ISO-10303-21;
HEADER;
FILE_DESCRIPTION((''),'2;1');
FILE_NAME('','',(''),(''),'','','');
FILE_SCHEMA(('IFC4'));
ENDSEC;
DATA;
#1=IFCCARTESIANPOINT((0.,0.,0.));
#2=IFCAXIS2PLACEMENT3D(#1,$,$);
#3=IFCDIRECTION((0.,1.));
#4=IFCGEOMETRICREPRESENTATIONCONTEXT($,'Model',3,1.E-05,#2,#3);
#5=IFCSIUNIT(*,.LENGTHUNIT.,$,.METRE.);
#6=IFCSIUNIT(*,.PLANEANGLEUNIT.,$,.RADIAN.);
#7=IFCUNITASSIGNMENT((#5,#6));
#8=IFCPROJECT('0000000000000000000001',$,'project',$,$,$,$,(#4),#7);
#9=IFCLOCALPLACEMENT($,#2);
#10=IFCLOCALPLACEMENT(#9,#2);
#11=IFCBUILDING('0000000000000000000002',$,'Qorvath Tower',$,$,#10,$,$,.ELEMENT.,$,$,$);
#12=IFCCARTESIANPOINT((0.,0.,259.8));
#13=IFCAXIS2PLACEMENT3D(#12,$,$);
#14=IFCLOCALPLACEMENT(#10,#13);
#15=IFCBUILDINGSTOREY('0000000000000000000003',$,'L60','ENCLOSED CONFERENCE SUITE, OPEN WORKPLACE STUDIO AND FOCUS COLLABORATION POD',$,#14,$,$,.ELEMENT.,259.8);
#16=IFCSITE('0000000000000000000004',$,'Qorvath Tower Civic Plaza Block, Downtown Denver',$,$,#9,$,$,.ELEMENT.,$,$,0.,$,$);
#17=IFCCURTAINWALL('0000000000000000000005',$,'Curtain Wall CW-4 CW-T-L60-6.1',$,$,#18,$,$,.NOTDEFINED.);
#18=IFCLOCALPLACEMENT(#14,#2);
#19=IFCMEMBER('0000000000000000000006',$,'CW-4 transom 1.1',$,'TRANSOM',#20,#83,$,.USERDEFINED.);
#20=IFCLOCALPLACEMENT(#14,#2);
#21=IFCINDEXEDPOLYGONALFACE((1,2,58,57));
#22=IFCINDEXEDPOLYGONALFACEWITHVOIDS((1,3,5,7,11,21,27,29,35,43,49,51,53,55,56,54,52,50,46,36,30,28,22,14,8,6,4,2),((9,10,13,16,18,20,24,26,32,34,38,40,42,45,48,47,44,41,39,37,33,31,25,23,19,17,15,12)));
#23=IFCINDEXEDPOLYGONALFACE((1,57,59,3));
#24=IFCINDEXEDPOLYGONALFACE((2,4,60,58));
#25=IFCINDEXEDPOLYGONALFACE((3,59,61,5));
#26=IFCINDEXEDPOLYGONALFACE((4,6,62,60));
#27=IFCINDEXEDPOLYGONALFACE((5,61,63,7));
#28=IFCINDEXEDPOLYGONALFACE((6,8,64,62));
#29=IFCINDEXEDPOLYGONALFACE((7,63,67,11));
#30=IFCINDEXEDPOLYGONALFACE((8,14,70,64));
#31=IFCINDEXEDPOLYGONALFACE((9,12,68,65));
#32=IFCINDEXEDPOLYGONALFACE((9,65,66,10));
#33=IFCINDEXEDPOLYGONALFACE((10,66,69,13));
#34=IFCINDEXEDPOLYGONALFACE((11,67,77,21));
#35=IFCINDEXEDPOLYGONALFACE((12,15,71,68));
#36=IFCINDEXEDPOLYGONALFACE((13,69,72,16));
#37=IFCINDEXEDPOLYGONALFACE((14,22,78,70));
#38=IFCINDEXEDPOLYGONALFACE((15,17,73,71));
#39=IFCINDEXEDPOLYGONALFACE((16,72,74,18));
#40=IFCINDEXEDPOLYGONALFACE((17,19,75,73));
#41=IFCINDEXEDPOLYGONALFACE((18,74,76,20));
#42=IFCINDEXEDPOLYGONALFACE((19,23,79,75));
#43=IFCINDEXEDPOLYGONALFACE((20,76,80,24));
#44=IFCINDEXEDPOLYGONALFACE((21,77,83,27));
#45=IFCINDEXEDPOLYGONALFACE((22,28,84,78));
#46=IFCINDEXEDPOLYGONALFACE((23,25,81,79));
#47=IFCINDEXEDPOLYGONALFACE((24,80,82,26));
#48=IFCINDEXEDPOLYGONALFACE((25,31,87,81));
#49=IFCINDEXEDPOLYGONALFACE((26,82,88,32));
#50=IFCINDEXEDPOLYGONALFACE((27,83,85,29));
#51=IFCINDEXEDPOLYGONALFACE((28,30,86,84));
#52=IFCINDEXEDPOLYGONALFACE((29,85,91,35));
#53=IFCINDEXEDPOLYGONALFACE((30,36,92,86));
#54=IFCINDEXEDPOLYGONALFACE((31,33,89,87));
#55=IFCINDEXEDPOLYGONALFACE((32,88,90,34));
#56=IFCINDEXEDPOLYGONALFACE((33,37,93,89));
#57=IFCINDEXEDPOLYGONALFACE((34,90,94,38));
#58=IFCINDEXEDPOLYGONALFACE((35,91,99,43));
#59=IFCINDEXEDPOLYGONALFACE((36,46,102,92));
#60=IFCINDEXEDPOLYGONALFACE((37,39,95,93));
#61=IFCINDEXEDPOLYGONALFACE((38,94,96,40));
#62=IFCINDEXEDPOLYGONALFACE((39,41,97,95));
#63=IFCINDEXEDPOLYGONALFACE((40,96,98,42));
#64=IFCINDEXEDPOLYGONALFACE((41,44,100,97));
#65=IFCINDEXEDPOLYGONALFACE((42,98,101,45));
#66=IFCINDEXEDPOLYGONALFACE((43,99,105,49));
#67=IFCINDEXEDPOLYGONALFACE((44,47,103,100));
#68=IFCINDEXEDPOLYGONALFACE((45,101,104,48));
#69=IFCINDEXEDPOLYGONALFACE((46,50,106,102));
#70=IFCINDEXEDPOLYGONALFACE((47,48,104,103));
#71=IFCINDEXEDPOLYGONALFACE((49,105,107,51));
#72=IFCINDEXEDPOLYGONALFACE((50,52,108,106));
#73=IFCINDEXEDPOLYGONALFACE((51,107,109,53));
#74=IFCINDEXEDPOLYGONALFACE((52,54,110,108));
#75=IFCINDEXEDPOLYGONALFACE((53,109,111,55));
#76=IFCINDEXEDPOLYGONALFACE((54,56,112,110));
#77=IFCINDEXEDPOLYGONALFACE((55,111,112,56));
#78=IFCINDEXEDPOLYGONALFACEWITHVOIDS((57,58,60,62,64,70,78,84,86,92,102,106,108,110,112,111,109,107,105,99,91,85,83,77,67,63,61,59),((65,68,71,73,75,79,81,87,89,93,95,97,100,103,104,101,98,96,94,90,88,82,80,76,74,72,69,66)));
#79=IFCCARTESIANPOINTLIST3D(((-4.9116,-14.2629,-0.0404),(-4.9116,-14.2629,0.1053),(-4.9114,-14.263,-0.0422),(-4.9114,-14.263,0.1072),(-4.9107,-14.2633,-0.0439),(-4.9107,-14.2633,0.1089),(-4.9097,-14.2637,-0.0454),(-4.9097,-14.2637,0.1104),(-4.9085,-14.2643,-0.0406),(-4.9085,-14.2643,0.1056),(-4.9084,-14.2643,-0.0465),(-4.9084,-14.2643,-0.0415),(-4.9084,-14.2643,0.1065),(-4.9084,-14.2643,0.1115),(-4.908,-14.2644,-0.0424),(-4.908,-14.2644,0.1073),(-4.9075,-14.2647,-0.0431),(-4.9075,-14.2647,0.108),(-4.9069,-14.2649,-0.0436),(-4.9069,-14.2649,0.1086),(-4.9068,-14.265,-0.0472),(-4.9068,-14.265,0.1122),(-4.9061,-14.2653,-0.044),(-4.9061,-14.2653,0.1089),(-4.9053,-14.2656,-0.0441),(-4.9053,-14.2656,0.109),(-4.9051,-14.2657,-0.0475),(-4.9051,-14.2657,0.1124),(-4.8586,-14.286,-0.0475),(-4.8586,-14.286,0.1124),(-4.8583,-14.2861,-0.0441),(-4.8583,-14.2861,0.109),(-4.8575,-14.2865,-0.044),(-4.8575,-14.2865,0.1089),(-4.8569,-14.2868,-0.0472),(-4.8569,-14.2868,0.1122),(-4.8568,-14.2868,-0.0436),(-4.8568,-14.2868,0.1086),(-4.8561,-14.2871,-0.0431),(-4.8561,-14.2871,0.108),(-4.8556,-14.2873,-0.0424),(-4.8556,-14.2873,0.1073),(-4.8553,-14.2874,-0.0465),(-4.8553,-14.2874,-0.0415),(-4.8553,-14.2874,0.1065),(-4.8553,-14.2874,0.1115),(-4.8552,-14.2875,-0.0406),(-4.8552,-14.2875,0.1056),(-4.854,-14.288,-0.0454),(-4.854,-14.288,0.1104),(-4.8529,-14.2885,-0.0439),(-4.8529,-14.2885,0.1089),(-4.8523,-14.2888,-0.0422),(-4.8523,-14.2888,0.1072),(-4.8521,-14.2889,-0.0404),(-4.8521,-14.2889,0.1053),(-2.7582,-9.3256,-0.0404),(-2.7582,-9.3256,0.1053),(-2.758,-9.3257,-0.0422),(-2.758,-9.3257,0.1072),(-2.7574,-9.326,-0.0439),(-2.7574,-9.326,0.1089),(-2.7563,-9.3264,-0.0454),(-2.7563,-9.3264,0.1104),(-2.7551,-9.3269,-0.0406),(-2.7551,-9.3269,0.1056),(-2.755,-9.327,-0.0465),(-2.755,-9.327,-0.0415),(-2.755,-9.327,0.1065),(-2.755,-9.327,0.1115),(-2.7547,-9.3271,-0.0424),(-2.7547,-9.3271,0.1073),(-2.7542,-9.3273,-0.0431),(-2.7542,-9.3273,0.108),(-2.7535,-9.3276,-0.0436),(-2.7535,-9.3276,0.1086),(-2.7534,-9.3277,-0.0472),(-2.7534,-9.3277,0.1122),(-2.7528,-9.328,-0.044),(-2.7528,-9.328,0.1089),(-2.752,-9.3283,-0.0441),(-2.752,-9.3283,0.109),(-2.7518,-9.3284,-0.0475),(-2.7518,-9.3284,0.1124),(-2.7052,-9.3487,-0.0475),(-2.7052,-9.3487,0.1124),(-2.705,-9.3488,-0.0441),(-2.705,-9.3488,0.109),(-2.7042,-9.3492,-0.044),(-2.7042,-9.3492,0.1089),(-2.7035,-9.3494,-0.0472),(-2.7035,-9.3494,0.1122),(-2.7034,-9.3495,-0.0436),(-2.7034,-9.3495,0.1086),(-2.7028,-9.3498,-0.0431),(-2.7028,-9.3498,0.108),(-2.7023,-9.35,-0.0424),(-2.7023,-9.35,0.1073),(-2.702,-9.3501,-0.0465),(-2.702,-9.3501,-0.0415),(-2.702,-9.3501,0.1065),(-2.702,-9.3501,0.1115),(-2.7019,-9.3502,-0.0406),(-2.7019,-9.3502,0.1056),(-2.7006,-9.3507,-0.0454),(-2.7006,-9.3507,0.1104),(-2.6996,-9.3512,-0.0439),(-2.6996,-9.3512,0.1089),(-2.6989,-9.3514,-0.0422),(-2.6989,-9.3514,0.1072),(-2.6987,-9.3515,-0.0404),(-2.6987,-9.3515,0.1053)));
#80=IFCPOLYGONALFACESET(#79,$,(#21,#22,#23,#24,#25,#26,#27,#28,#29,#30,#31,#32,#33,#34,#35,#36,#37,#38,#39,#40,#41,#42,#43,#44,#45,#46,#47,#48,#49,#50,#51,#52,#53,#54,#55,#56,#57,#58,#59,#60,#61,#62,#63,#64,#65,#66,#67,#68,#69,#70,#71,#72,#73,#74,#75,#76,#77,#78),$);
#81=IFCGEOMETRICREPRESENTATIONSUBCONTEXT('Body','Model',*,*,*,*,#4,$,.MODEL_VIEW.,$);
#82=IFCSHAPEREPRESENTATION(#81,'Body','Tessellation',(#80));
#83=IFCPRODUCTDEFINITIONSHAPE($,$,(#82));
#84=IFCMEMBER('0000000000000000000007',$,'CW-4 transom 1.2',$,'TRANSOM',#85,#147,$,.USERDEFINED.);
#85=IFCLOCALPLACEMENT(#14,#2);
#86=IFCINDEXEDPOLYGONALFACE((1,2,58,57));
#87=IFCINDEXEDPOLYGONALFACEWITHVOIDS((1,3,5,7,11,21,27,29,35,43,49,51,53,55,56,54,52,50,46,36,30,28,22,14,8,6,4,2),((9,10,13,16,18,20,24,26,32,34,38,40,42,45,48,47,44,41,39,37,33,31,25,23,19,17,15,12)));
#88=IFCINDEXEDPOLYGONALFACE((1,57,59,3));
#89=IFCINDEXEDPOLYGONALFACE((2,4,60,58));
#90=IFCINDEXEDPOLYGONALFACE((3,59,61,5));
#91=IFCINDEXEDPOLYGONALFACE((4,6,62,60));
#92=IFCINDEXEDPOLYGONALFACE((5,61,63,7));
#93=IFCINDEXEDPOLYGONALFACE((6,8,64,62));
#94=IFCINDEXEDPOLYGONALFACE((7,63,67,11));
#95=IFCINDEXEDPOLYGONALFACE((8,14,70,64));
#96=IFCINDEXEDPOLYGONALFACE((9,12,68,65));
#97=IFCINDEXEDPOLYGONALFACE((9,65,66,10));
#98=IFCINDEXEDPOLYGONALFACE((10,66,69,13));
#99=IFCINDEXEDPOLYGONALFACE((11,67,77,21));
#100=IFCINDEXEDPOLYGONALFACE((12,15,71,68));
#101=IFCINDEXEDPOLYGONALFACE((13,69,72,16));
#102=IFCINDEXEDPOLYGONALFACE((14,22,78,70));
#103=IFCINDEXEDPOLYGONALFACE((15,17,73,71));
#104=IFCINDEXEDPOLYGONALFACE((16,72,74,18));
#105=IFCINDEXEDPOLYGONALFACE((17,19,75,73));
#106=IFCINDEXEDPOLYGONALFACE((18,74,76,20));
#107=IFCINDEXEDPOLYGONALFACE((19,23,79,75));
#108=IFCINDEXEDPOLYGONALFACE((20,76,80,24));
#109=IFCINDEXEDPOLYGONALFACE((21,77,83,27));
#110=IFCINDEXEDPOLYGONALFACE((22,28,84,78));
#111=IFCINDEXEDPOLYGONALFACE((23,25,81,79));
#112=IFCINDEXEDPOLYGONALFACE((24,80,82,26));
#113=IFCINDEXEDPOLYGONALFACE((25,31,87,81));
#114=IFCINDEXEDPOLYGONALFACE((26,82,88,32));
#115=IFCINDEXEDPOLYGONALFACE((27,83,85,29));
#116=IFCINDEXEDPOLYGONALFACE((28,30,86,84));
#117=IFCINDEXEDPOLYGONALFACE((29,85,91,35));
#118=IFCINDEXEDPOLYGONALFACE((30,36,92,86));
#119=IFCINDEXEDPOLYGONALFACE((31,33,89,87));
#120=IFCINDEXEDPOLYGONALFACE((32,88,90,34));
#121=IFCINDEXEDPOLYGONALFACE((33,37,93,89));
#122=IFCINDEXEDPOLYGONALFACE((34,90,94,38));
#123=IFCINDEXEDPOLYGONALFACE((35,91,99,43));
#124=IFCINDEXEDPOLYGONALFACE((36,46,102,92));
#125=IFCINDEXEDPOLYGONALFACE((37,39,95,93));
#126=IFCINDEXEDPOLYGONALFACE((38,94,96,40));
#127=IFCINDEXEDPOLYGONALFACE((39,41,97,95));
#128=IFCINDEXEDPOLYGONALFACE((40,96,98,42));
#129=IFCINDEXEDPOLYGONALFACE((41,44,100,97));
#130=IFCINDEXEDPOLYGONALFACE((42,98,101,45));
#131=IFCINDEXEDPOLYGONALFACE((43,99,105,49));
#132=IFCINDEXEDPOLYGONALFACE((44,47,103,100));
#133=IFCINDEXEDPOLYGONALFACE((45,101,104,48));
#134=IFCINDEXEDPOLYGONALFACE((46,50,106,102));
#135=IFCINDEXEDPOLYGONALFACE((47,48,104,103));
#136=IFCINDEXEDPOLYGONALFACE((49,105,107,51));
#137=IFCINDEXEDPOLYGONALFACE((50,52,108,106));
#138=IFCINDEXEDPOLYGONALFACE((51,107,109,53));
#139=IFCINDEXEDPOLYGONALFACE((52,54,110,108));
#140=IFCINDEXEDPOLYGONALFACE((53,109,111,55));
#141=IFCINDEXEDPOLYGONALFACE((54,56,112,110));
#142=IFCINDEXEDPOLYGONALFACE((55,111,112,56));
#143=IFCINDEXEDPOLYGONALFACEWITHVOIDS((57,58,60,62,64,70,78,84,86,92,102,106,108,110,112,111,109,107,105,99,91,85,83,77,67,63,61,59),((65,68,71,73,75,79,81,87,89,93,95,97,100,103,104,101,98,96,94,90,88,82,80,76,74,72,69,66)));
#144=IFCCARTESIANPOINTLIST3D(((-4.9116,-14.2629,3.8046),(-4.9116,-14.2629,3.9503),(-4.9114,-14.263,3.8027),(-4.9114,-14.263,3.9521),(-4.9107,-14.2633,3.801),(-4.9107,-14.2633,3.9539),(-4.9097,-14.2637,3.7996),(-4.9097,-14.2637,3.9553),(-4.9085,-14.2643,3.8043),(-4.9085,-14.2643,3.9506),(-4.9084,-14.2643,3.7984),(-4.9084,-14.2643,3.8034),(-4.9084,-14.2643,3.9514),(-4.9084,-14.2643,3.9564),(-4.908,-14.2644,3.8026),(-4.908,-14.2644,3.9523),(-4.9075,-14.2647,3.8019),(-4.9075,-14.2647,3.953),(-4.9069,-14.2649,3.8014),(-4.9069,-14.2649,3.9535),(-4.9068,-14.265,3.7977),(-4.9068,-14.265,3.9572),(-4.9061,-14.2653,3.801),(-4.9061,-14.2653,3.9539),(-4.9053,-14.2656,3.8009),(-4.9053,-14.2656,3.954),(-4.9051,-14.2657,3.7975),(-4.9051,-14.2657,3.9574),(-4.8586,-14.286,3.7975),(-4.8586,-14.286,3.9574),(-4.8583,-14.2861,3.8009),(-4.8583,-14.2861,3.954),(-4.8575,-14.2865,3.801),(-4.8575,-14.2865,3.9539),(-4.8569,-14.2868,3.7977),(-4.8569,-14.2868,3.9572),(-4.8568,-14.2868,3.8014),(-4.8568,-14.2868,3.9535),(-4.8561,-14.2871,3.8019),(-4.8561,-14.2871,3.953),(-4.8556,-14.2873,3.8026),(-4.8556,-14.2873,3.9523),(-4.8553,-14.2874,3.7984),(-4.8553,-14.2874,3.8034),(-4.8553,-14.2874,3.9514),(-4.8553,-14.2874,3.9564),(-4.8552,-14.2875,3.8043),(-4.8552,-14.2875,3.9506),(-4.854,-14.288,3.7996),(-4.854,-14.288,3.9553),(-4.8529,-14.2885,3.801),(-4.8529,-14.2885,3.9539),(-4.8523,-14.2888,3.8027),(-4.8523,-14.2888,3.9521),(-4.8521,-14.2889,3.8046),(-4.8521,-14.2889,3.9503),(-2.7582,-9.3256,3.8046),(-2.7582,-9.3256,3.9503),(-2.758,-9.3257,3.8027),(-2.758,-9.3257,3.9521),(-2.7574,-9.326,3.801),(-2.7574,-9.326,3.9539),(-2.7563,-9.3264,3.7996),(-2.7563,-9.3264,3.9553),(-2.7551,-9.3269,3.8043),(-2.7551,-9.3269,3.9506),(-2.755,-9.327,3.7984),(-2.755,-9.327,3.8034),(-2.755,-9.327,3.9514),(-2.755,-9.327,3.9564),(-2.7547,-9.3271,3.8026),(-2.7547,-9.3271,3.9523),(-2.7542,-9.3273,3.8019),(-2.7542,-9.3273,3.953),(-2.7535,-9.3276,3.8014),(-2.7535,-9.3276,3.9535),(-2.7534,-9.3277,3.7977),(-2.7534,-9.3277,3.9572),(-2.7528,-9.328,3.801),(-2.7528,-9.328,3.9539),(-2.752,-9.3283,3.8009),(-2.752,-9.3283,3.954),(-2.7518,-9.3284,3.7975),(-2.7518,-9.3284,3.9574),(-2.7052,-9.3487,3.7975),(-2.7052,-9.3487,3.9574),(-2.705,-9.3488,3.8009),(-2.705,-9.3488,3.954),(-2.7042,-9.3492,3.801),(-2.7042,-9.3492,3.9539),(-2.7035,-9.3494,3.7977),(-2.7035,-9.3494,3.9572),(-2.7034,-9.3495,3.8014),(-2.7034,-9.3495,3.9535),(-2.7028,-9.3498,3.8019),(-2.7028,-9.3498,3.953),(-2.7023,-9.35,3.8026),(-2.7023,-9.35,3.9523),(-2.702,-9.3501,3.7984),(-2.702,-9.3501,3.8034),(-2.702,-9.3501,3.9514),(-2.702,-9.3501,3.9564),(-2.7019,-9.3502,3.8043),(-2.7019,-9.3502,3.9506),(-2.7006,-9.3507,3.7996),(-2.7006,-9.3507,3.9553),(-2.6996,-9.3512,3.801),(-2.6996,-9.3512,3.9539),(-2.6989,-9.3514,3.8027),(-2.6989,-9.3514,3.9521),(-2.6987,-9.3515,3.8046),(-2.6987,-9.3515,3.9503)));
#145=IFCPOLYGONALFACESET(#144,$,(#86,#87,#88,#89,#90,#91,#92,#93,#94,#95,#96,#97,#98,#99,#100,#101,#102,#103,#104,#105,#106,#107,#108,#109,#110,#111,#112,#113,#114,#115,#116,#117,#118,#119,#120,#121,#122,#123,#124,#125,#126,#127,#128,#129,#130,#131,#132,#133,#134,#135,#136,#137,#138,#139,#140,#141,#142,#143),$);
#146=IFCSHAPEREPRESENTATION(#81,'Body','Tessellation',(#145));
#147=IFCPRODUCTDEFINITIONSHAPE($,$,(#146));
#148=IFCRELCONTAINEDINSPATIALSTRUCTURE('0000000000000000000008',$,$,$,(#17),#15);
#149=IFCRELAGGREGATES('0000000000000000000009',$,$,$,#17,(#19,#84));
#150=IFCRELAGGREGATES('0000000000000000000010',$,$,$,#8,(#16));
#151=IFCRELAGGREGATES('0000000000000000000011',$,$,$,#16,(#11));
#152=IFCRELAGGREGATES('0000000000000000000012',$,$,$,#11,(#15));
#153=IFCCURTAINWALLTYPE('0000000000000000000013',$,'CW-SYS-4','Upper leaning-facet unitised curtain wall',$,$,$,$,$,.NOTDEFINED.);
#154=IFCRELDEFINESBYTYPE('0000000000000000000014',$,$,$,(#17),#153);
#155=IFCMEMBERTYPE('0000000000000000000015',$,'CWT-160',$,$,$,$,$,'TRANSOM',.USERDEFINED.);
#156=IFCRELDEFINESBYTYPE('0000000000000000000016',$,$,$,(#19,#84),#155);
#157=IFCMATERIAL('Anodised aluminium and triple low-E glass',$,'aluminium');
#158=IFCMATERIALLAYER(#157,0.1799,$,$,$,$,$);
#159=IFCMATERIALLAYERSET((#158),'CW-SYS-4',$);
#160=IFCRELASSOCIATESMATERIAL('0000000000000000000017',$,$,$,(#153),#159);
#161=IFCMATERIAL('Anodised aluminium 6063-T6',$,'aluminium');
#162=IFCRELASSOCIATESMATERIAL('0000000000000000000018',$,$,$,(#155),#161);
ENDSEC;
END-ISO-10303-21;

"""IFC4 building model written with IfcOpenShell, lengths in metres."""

from ifc_helpers import new_model, si_unit, direction, frame, origin, origin_2d, place, context, subcontext, project, spatial, hollow_rectangle, extrude, material, layer, layer_set, material_profile, profile_set, type_object, element, aggregate, save


model = new_model("IFC4")

# Units and contexts
model_context = context("Model", 3, precision=1e-05, world=origin(), true_north=direction((0.0, 1.0)))
body_context = subcontext(model_context, "Body", "Model", "MODEL_VIEW")
ifc_project = project(units=[si_unit("LENGTHUNIT", "METRE"), si_unit("PLANEANGLEUNIT", "RADIAN")], contexts=[model_context])

# Site, building, storey
site_placement = place(None, origin())
site = spatial("IfcSite", under=ifc_project, at=site_placement, Name="Qorvath Tower Civic Plaza Block, Downtown Denver", CompositionType="ELEMENT", RefElevation=0.0)
building_placement = place(site_placement, origin())
building = spatial("IfcBuilding", under=site, at=building_placement, Name="Qorvath Tower", CompositionType="ELEMENT")
storey_placement = place(building_placement, frame((0.0, 0.0, 259.8)))
storey = spatial("IfcBuildingStorey", under=building, at=storey_placement, Name="L60", Description="ENCLOSED CONFERENCE SUITE, OPEN WORKPLACE STUDIO AND FOCUS COLLABORATION POD", CompositionType="ELEMENT", Elevation=259.8)

# Shared definitions
ifc_material_1 = material(Name="Anodised aluminium and triple low-E glass", Category="aluminium")
ifc_layer_1 = layer(ifc_material_1, 0.1799)
ifc_layer_set_1 = layer_set([ifc_layer_1], Name="CW-SYS-4")
curtain_wall_type = type_object("IfcCurtainWallType", Name="CW-SYS-4", Description="Upper leaning-facet unitised curtain wall", PredefinedType="NOTDEFINED", material=ifc_layer_set_1)

# Curtain wall
curtain_wall_1_placement = place(storey_placement, origin())
curtain_wall_1 = element("IfcCurtainWall", 1, at=curtain_wall_1_placement, inside=storey, type_object=curtain_wall_type, Name="Curtain Wall CW-4 CW-T-L60-6.1", PredefinedType="NOTDEFINED")

# Members
ifc_material_2 = material(Name="Anodised aluminium 6063-T6", Category="aluminium")
ifc_material_profile_1 = material_profile(ifc_material_2, hollow_rectangle(XDim=0.0649, YDim=0.1599, WallThickness=0.0034, InnerFilletRadius=0.0034, OuterFilletRadius=0.0071, at=origin_2d()), Name="CWT 160x65")
ifc_profile_set_1 = profile_set([ifc_material_profile_1], Name="Anodised aluminium 6063-T6")
member_type_1 = type_object("IfcMemberType", Name="CWT-160", ElementType="TRANSOM", PredefinedType="USERDEFINED", material=ifc_profile_set_1)
member_1_placement = place(storey_placement, frame((-4.8818, -14.2759, 0.0325), z_axis=(0.39977, 0.916615, 0.0), x_axis=(-0.916615, 0.39977, 0.0)))
member_1 = element("IfcMember", 2, at=member_1_placement, type_object=member_type_1, Name="CW-4 transom 1.1", ObjectType="TRANSOM", PredefinedType="USERDEFINED", context=body_context, shape_type="SweptSolid", body=[
    extrude(hollow_rectangle(XDim=0.0649, YDim=0.1599, WallThickness=0.0034, InnerFilletRadius=0.0034, OuterFilletRadius=0.0071, at=origin_2d()), origin(), (0.0, 0.0, 1.0), 5.3865),
])
member_2_placement = place(storey_placement, frame((-4.8818, -14.2759, 3.8774), z_axis=(0.39977, 0.916615, 0.0), x_axis=(-0.916615, 0.39977, 0.0)))
member_2 = element("IfcMember", 3, at=member_2_placement, type_object=member_type_1, Name="CW-4 transom 1.2", ObjectType="TRANSOM", PredefinedType="USERDEFINED", context=body_context, shape_type="SweptSolid", body=[
    extrude(hollow_rectangle(XDim=0.0649, YDim=0.1599, WallThickness=0.0034, InnerFilletRadius=0.0034, OuterFilletRadius=0.0071, at=origin_2d()), origin(), (0.0, 0.0, 1.0), 5.3865),
])

aggregate(curtain_wall_1, [member_1, member_2])

save(model, "model.ifc")
